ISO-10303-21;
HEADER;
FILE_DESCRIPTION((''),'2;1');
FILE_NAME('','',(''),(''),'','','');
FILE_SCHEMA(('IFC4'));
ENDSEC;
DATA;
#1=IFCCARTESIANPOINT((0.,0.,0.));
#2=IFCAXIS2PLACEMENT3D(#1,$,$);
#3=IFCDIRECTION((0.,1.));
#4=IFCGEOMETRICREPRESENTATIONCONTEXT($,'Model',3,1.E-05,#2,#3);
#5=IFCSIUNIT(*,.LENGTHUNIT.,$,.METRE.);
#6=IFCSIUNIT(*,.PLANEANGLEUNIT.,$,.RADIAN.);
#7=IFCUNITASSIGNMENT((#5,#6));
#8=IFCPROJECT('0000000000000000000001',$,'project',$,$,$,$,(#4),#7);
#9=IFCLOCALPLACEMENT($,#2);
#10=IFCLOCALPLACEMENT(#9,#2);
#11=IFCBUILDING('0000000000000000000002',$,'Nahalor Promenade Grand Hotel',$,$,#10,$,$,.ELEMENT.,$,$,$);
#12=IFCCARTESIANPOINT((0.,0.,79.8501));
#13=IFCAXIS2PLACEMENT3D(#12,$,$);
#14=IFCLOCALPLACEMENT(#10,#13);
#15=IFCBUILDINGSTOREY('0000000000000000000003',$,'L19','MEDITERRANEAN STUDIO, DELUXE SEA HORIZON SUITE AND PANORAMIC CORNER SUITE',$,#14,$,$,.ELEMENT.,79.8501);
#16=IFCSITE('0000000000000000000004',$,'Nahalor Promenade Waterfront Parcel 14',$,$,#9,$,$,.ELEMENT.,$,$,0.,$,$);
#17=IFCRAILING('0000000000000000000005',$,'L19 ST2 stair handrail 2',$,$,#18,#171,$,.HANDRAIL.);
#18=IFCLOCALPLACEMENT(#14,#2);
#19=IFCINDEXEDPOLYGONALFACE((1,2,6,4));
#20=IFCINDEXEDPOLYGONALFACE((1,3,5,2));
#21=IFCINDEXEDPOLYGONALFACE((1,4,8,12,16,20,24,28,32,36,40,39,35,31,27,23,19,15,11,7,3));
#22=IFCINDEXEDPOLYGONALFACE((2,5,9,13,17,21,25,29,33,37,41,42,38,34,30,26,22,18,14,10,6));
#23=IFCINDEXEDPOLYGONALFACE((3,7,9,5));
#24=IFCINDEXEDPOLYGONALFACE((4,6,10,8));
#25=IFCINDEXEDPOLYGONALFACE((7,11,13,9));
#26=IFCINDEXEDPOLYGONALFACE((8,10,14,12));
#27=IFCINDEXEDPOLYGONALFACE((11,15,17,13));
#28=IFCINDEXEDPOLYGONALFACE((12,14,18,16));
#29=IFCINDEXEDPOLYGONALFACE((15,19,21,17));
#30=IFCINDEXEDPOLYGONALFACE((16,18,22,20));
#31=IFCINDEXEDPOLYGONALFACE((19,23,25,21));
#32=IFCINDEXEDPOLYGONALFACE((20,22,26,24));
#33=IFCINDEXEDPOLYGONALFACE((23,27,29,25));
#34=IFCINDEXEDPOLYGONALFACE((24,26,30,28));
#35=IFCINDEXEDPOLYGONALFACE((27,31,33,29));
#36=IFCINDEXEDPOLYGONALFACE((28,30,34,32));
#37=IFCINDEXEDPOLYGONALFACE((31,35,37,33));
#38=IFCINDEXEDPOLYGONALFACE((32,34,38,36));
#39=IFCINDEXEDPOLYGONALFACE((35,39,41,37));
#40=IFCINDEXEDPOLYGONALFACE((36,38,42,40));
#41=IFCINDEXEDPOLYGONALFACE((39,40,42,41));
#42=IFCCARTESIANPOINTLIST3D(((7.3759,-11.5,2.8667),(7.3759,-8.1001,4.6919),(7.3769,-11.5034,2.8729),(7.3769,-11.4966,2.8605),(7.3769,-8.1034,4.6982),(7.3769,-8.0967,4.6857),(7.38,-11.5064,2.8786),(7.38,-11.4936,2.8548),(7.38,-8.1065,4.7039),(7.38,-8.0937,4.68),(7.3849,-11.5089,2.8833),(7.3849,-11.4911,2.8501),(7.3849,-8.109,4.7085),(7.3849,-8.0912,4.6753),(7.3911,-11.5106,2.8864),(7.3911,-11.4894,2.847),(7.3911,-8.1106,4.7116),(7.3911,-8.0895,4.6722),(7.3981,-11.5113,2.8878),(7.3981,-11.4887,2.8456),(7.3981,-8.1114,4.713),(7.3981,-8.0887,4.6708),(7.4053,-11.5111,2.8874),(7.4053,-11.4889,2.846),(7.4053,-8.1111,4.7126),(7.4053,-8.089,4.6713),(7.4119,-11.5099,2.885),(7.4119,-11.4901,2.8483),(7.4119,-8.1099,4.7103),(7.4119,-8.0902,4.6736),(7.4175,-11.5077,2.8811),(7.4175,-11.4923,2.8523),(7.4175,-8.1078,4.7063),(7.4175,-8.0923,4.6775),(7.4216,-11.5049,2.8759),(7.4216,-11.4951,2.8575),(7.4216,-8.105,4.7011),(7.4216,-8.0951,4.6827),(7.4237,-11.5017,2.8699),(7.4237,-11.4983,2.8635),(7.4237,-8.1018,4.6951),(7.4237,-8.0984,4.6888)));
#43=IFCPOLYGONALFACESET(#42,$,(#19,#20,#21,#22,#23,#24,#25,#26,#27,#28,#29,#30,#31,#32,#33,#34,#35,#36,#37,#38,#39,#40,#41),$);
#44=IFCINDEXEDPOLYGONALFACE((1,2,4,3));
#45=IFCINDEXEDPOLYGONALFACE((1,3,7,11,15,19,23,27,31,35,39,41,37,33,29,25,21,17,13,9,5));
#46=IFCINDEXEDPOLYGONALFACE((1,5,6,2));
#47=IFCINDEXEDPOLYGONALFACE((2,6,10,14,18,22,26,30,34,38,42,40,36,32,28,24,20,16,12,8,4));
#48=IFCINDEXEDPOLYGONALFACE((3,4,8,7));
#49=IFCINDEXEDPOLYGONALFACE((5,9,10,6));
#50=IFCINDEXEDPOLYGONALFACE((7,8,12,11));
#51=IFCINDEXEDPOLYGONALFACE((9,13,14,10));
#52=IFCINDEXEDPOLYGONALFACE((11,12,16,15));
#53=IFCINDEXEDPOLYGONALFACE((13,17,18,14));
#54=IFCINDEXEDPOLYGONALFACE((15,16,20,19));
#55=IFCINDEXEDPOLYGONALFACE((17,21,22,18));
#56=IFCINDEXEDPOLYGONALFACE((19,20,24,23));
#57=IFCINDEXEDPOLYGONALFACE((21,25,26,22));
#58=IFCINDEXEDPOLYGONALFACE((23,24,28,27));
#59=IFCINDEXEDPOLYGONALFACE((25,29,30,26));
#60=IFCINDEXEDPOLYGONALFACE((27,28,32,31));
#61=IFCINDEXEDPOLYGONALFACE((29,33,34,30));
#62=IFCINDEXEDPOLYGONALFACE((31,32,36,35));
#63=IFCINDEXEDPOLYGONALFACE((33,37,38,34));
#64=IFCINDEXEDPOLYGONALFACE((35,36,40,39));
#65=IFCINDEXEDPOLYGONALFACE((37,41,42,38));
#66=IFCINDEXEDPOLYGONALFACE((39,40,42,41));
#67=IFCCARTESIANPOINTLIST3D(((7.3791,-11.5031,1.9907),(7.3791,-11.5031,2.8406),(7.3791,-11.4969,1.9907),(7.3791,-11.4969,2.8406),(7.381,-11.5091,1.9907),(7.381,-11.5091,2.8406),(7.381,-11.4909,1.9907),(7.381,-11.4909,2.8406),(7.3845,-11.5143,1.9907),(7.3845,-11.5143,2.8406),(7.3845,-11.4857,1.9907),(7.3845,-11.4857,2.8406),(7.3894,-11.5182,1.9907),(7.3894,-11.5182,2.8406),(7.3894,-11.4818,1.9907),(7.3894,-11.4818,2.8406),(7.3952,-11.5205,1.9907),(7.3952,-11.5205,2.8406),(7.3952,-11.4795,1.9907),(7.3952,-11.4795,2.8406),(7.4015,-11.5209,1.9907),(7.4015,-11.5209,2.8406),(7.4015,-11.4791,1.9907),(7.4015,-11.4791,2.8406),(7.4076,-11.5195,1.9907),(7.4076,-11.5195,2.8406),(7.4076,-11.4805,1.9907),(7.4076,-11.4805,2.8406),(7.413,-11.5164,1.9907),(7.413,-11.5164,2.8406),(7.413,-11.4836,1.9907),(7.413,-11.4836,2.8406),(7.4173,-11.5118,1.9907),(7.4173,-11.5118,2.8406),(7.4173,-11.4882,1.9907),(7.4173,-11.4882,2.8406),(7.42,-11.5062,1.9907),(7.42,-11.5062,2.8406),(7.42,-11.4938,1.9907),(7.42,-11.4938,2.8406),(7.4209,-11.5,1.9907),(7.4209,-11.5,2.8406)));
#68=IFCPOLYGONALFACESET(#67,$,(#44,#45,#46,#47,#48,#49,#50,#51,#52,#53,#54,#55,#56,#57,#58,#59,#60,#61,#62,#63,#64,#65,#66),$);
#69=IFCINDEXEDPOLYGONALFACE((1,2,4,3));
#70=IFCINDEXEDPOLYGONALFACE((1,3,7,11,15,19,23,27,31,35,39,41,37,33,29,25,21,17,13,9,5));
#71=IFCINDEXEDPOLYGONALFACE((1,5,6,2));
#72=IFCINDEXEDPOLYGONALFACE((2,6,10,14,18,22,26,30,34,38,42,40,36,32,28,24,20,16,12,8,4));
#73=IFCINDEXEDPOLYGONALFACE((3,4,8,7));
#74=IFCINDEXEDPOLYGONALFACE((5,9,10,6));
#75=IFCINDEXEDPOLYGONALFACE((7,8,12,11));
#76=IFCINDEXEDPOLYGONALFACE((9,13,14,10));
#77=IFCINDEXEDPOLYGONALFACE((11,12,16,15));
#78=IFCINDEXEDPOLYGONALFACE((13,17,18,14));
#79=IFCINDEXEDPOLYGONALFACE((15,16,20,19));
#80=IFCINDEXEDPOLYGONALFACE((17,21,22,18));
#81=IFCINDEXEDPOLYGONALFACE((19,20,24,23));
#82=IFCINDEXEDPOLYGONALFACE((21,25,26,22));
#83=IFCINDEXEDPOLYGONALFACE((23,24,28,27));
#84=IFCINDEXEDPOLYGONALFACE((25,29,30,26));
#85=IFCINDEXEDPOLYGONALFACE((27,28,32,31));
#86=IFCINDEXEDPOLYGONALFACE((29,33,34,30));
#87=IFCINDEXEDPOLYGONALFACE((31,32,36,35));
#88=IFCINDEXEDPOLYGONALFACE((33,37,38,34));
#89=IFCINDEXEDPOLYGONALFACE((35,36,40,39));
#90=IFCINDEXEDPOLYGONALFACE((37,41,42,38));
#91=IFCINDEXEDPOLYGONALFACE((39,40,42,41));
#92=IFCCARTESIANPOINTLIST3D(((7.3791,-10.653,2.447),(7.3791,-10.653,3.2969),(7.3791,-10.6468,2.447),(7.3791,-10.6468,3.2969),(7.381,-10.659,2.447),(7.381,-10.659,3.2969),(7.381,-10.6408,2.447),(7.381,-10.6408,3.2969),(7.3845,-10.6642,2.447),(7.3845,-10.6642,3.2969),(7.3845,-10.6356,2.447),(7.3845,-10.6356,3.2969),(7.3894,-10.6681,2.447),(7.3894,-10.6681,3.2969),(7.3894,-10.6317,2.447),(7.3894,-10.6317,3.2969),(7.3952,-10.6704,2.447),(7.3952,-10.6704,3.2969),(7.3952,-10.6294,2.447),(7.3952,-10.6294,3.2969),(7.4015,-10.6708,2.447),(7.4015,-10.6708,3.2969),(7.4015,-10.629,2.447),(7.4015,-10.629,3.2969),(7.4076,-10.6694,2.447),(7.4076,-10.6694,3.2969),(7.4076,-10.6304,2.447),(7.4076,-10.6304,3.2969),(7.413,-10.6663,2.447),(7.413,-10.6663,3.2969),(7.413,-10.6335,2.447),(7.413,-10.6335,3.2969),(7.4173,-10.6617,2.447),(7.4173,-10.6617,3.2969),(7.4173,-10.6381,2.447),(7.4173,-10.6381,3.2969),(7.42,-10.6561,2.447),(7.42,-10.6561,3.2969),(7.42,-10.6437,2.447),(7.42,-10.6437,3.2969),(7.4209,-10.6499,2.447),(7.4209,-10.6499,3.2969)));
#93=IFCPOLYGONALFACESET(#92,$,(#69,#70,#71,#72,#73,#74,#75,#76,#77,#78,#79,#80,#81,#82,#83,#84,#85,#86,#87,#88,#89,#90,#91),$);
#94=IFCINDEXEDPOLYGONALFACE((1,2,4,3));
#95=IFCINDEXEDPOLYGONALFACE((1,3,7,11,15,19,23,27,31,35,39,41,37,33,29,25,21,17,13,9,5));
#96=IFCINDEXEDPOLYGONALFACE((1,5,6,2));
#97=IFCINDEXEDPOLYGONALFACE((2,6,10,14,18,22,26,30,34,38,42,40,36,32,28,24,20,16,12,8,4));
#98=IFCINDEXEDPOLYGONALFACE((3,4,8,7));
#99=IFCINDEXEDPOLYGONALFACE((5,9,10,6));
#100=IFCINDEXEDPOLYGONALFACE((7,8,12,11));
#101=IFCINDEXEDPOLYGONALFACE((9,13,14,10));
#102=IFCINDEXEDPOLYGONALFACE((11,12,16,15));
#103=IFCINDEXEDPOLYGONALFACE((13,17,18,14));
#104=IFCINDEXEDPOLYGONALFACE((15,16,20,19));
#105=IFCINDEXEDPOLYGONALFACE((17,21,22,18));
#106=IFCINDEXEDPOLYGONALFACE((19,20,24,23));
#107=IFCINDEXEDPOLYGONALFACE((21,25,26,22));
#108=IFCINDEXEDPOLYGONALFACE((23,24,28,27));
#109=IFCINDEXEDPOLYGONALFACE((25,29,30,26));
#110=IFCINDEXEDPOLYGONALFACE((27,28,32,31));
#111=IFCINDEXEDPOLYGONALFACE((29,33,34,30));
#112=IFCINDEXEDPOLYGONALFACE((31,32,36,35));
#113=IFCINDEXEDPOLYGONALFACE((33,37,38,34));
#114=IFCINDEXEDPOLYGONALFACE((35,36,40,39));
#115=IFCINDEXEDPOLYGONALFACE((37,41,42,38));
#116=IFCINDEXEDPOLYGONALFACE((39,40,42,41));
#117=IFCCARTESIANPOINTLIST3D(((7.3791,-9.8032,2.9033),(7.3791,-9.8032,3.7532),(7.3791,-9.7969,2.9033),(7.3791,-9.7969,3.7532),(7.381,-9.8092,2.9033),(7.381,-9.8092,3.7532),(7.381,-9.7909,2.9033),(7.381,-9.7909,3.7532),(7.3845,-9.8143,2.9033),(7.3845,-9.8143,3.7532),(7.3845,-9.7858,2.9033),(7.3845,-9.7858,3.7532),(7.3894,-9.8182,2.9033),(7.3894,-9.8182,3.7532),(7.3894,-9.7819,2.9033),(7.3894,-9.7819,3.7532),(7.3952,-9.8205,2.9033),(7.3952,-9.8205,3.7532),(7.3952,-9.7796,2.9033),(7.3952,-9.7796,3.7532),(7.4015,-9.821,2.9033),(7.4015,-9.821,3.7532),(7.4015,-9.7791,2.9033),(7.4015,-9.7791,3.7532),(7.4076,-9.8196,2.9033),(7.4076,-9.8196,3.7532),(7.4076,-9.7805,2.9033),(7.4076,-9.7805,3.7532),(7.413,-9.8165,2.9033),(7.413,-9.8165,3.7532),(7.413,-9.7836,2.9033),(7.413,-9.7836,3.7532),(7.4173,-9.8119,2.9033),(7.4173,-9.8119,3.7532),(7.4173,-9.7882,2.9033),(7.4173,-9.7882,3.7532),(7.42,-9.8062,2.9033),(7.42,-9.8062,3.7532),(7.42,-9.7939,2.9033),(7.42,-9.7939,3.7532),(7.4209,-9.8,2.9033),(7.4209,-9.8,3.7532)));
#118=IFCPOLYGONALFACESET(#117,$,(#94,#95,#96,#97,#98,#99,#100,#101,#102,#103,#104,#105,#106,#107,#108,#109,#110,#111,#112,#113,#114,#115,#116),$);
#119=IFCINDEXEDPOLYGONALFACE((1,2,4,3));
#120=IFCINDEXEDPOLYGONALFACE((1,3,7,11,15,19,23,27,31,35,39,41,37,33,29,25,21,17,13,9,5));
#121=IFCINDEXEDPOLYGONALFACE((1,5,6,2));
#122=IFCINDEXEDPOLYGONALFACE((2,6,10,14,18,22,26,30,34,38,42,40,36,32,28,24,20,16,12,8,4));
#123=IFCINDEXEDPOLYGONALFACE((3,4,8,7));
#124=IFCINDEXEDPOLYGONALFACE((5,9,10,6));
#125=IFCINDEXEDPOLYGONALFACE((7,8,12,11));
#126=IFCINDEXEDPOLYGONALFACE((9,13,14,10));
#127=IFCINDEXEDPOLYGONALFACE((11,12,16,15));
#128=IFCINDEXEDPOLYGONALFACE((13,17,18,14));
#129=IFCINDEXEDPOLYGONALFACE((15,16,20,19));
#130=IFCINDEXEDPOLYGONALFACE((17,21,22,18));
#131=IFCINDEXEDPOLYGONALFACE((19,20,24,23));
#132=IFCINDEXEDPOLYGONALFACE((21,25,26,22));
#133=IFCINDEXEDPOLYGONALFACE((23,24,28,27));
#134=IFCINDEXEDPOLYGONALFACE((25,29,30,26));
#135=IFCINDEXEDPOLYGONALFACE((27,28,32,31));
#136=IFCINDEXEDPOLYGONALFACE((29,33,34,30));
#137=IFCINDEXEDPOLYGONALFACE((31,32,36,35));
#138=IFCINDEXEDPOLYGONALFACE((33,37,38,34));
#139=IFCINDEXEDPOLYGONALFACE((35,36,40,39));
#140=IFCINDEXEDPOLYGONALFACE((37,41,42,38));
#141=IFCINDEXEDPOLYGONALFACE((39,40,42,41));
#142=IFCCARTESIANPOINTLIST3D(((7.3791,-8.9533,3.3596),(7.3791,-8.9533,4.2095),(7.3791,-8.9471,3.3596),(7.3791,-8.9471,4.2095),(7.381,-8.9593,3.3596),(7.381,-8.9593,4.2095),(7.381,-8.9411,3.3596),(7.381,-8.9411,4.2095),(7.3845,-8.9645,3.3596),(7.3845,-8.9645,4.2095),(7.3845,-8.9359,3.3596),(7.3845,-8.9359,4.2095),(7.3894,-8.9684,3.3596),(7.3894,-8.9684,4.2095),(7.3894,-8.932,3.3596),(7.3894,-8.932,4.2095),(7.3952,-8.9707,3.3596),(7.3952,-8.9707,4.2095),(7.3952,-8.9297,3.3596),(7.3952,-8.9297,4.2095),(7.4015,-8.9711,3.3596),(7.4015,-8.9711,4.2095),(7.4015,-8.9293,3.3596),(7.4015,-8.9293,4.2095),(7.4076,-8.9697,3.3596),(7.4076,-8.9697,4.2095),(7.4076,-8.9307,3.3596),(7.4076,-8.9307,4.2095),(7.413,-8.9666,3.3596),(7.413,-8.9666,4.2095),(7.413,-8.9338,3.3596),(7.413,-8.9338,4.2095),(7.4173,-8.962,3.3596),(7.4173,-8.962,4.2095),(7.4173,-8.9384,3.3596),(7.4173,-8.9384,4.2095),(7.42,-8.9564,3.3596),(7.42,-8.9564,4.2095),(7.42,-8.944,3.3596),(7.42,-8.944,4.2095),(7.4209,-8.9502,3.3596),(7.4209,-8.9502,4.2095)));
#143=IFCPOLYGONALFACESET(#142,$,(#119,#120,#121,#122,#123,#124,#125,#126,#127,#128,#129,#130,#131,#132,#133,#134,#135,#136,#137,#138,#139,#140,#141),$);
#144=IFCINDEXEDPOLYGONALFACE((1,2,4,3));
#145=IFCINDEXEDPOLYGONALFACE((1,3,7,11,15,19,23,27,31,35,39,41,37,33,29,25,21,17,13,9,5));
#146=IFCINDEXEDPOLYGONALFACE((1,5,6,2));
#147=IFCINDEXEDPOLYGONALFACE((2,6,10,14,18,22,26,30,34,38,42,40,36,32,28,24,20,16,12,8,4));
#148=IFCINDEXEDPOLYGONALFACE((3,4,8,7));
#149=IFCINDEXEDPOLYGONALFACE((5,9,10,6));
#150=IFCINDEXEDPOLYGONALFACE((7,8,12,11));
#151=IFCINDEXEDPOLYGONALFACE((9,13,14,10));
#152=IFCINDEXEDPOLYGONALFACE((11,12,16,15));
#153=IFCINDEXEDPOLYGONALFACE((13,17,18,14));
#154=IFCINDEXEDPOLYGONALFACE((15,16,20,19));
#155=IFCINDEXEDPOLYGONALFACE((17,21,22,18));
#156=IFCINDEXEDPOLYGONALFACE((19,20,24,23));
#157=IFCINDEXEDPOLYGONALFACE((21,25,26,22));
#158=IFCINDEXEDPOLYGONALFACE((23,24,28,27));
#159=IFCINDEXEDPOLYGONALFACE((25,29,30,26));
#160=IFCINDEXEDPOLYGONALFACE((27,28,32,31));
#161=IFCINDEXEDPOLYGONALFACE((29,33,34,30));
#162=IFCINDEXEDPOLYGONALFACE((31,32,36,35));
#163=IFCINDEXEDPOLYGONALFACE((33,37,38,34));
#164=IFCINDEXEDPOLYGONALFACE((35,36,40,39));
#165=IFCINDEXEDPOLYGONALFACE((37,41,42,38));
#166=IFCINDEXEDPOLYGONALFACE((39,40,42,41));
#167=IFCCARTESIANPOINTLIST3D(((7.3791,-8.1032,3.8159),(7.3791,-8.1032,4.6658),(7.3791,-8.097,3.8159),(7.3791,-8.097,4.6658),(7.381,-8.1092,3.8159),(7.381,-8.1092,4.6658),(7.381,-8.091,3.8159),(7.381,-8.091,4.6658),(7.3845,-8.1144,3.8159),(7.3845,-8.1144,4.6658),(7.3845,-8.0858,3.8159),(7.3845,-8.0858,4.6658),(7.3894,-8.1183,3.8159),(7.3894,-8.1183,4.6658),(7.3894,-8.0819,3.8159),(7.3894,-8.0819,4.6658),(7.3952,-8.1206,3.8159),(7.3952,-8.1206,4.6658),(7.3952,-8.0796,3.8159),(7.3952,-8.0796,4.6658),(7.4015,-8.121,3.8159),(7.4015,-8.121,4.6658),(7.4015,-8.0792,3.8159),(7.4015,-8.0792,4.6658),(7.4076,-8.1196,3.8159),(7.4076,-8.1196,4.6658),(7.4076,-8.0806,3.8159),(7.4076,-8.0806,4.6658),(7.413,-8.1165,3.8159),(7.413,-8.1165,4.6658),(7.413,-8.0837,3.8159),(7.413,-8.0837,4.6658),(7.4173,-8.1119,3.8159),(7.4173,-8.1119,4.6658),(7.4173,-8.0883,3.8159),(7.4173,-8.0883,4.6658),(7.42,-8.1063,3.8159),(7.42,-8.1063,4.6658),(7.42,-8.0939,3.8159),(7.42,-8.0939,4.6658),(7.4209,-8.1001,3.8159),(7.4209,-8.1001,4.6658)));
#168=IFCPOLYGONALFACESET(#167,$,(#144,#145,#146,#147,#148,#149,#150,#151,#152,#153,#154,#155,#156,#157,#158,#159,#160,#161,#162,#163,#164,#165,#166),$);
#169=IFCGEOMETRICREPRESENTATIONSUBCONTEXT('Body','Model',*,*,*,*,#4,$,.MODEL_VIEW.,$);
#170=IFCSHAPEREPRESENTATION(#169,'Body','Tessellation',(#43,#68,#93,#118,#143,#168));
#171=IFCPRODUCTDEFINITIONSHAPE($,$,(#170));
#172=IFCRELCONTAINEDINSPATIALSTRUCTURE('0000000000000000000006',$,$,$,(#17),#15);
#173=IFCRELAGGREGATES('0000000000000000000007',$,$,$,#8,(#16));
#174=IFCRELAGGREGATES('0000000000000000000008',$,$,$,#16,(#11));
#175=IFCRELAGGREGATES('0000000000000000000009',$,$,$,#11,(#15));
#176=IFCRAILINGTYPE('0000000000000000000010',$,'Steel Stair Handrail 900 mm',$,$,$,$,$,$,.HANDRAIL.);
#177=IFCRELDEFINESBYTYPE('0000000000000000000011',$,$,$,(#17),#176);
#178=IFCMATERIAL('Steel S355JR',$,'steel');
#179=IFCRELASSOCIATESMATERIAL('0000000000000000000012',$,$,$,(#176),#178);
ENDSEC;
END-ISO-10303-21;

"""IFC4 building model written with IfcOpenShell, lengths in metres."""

from ifc_helpers import new_model, si_unit, direction, frame, origin, origin_2d, place, context, subcontext, project, spatial, circle, extrude, material, type_object, element, save


model = new_model("IFC4")

# Units and contexts
model_context = context("Model", 3, precision=1e-05, world=origin(), true_north=direction((0.0, 1.0)))
body_context = subcontext(model_context, "Body", "Model", "MODEL_VIEW")
ifc_project = project(units=[si_unit("LENGTHUNIT", "METRE"), si_unit("PLANEANGLEUNIT", "RADIAN")], contexts=[model_context])

# Site, building, storey
site_placement = place(None, origin())
site = spatial("IfcSite", under=ifc_project, at=site_placement, Name="Nahalor Promenade Waterfront Parcel 14", CompositionType="ELEMENT", RefElevation=0.0)
building_placement = place(site_placement, origin())
building = spatial("IfcBuilding", under=site, at=building_placement, Name="Nahalor Promenade Grand Hotel", CompositionType="ELEMENT")
storey_placement = place(building_placement, frame((0.0, 0.0, 79.8501)))
storey = spatial("IfcBuildingStorey", under=building, at=storey_placement, Name="L19", Description="MEDITERRANEAN STUDIO, DELUXE SEA HORIZON SUITE AND PANORAMIC CORNER SUITE", CompositionType="ELEMENT", Elevation=79.8501)

# Shared definitions
ifc_material_1 = material(Name="Steel S355JR", Category="steel")

# Railing
railing_type_1 = type_object("IfcRailingType", Name="Steel Stair Handrail 900 mm", PredefinedType="HANDRAIL", material=ifc_material_1)
railing_1_placement = place(storey_placement, frame((7.3999, -11.5, 1.9907)))
element("IfcRailing", 1, at=railing_1_placement, inside=storey, type_object=railing_type_1, Name="L19 ST2 stair handrail 2", PredefinedType="HANDRAIL", context=body_context, shape_type="SweptSolid", body=[
    extrude(circle(Radius=0.024, at=origin_2d()), frame((0.0, 0.0, 0.876), z_axis=(0.0, 0.881068, 0.47299), x_axis=(-1.0, 0.0, 0.0)), (0.0, 0.0, 1.0), 3.8589),
    extrude(circle(Radius=0.021, at=origin_2d()), origin(), (0.0, 0.0, 1.0), 0.8499),
    extrude(circle(Radius=0.021, at=origin_2d()), frame((0.0, 0.8501, 0.4563)), (0.0, 0.0, 1.0), 0.8499),
    extrude(circle(Radius=0.021, at=origin_2d()), frame((0.0, 1.7, 0.9126)), (0.0, 0.0, 1.0), 0.8499),
    extrude(circle(Radius=0.021, at=origin_2d()), frame((0.0, 2.5498, 1.3689)), (0.0, 0.0, 1.0), 0.8499),
    extrude(circle(Radius=0.021, at=origin_2d()), frame((0.0, 3.3999, 1.8252)), (0.0, 0.0, 1.0), 0.8499),
])

save(model, "model.ifc")
